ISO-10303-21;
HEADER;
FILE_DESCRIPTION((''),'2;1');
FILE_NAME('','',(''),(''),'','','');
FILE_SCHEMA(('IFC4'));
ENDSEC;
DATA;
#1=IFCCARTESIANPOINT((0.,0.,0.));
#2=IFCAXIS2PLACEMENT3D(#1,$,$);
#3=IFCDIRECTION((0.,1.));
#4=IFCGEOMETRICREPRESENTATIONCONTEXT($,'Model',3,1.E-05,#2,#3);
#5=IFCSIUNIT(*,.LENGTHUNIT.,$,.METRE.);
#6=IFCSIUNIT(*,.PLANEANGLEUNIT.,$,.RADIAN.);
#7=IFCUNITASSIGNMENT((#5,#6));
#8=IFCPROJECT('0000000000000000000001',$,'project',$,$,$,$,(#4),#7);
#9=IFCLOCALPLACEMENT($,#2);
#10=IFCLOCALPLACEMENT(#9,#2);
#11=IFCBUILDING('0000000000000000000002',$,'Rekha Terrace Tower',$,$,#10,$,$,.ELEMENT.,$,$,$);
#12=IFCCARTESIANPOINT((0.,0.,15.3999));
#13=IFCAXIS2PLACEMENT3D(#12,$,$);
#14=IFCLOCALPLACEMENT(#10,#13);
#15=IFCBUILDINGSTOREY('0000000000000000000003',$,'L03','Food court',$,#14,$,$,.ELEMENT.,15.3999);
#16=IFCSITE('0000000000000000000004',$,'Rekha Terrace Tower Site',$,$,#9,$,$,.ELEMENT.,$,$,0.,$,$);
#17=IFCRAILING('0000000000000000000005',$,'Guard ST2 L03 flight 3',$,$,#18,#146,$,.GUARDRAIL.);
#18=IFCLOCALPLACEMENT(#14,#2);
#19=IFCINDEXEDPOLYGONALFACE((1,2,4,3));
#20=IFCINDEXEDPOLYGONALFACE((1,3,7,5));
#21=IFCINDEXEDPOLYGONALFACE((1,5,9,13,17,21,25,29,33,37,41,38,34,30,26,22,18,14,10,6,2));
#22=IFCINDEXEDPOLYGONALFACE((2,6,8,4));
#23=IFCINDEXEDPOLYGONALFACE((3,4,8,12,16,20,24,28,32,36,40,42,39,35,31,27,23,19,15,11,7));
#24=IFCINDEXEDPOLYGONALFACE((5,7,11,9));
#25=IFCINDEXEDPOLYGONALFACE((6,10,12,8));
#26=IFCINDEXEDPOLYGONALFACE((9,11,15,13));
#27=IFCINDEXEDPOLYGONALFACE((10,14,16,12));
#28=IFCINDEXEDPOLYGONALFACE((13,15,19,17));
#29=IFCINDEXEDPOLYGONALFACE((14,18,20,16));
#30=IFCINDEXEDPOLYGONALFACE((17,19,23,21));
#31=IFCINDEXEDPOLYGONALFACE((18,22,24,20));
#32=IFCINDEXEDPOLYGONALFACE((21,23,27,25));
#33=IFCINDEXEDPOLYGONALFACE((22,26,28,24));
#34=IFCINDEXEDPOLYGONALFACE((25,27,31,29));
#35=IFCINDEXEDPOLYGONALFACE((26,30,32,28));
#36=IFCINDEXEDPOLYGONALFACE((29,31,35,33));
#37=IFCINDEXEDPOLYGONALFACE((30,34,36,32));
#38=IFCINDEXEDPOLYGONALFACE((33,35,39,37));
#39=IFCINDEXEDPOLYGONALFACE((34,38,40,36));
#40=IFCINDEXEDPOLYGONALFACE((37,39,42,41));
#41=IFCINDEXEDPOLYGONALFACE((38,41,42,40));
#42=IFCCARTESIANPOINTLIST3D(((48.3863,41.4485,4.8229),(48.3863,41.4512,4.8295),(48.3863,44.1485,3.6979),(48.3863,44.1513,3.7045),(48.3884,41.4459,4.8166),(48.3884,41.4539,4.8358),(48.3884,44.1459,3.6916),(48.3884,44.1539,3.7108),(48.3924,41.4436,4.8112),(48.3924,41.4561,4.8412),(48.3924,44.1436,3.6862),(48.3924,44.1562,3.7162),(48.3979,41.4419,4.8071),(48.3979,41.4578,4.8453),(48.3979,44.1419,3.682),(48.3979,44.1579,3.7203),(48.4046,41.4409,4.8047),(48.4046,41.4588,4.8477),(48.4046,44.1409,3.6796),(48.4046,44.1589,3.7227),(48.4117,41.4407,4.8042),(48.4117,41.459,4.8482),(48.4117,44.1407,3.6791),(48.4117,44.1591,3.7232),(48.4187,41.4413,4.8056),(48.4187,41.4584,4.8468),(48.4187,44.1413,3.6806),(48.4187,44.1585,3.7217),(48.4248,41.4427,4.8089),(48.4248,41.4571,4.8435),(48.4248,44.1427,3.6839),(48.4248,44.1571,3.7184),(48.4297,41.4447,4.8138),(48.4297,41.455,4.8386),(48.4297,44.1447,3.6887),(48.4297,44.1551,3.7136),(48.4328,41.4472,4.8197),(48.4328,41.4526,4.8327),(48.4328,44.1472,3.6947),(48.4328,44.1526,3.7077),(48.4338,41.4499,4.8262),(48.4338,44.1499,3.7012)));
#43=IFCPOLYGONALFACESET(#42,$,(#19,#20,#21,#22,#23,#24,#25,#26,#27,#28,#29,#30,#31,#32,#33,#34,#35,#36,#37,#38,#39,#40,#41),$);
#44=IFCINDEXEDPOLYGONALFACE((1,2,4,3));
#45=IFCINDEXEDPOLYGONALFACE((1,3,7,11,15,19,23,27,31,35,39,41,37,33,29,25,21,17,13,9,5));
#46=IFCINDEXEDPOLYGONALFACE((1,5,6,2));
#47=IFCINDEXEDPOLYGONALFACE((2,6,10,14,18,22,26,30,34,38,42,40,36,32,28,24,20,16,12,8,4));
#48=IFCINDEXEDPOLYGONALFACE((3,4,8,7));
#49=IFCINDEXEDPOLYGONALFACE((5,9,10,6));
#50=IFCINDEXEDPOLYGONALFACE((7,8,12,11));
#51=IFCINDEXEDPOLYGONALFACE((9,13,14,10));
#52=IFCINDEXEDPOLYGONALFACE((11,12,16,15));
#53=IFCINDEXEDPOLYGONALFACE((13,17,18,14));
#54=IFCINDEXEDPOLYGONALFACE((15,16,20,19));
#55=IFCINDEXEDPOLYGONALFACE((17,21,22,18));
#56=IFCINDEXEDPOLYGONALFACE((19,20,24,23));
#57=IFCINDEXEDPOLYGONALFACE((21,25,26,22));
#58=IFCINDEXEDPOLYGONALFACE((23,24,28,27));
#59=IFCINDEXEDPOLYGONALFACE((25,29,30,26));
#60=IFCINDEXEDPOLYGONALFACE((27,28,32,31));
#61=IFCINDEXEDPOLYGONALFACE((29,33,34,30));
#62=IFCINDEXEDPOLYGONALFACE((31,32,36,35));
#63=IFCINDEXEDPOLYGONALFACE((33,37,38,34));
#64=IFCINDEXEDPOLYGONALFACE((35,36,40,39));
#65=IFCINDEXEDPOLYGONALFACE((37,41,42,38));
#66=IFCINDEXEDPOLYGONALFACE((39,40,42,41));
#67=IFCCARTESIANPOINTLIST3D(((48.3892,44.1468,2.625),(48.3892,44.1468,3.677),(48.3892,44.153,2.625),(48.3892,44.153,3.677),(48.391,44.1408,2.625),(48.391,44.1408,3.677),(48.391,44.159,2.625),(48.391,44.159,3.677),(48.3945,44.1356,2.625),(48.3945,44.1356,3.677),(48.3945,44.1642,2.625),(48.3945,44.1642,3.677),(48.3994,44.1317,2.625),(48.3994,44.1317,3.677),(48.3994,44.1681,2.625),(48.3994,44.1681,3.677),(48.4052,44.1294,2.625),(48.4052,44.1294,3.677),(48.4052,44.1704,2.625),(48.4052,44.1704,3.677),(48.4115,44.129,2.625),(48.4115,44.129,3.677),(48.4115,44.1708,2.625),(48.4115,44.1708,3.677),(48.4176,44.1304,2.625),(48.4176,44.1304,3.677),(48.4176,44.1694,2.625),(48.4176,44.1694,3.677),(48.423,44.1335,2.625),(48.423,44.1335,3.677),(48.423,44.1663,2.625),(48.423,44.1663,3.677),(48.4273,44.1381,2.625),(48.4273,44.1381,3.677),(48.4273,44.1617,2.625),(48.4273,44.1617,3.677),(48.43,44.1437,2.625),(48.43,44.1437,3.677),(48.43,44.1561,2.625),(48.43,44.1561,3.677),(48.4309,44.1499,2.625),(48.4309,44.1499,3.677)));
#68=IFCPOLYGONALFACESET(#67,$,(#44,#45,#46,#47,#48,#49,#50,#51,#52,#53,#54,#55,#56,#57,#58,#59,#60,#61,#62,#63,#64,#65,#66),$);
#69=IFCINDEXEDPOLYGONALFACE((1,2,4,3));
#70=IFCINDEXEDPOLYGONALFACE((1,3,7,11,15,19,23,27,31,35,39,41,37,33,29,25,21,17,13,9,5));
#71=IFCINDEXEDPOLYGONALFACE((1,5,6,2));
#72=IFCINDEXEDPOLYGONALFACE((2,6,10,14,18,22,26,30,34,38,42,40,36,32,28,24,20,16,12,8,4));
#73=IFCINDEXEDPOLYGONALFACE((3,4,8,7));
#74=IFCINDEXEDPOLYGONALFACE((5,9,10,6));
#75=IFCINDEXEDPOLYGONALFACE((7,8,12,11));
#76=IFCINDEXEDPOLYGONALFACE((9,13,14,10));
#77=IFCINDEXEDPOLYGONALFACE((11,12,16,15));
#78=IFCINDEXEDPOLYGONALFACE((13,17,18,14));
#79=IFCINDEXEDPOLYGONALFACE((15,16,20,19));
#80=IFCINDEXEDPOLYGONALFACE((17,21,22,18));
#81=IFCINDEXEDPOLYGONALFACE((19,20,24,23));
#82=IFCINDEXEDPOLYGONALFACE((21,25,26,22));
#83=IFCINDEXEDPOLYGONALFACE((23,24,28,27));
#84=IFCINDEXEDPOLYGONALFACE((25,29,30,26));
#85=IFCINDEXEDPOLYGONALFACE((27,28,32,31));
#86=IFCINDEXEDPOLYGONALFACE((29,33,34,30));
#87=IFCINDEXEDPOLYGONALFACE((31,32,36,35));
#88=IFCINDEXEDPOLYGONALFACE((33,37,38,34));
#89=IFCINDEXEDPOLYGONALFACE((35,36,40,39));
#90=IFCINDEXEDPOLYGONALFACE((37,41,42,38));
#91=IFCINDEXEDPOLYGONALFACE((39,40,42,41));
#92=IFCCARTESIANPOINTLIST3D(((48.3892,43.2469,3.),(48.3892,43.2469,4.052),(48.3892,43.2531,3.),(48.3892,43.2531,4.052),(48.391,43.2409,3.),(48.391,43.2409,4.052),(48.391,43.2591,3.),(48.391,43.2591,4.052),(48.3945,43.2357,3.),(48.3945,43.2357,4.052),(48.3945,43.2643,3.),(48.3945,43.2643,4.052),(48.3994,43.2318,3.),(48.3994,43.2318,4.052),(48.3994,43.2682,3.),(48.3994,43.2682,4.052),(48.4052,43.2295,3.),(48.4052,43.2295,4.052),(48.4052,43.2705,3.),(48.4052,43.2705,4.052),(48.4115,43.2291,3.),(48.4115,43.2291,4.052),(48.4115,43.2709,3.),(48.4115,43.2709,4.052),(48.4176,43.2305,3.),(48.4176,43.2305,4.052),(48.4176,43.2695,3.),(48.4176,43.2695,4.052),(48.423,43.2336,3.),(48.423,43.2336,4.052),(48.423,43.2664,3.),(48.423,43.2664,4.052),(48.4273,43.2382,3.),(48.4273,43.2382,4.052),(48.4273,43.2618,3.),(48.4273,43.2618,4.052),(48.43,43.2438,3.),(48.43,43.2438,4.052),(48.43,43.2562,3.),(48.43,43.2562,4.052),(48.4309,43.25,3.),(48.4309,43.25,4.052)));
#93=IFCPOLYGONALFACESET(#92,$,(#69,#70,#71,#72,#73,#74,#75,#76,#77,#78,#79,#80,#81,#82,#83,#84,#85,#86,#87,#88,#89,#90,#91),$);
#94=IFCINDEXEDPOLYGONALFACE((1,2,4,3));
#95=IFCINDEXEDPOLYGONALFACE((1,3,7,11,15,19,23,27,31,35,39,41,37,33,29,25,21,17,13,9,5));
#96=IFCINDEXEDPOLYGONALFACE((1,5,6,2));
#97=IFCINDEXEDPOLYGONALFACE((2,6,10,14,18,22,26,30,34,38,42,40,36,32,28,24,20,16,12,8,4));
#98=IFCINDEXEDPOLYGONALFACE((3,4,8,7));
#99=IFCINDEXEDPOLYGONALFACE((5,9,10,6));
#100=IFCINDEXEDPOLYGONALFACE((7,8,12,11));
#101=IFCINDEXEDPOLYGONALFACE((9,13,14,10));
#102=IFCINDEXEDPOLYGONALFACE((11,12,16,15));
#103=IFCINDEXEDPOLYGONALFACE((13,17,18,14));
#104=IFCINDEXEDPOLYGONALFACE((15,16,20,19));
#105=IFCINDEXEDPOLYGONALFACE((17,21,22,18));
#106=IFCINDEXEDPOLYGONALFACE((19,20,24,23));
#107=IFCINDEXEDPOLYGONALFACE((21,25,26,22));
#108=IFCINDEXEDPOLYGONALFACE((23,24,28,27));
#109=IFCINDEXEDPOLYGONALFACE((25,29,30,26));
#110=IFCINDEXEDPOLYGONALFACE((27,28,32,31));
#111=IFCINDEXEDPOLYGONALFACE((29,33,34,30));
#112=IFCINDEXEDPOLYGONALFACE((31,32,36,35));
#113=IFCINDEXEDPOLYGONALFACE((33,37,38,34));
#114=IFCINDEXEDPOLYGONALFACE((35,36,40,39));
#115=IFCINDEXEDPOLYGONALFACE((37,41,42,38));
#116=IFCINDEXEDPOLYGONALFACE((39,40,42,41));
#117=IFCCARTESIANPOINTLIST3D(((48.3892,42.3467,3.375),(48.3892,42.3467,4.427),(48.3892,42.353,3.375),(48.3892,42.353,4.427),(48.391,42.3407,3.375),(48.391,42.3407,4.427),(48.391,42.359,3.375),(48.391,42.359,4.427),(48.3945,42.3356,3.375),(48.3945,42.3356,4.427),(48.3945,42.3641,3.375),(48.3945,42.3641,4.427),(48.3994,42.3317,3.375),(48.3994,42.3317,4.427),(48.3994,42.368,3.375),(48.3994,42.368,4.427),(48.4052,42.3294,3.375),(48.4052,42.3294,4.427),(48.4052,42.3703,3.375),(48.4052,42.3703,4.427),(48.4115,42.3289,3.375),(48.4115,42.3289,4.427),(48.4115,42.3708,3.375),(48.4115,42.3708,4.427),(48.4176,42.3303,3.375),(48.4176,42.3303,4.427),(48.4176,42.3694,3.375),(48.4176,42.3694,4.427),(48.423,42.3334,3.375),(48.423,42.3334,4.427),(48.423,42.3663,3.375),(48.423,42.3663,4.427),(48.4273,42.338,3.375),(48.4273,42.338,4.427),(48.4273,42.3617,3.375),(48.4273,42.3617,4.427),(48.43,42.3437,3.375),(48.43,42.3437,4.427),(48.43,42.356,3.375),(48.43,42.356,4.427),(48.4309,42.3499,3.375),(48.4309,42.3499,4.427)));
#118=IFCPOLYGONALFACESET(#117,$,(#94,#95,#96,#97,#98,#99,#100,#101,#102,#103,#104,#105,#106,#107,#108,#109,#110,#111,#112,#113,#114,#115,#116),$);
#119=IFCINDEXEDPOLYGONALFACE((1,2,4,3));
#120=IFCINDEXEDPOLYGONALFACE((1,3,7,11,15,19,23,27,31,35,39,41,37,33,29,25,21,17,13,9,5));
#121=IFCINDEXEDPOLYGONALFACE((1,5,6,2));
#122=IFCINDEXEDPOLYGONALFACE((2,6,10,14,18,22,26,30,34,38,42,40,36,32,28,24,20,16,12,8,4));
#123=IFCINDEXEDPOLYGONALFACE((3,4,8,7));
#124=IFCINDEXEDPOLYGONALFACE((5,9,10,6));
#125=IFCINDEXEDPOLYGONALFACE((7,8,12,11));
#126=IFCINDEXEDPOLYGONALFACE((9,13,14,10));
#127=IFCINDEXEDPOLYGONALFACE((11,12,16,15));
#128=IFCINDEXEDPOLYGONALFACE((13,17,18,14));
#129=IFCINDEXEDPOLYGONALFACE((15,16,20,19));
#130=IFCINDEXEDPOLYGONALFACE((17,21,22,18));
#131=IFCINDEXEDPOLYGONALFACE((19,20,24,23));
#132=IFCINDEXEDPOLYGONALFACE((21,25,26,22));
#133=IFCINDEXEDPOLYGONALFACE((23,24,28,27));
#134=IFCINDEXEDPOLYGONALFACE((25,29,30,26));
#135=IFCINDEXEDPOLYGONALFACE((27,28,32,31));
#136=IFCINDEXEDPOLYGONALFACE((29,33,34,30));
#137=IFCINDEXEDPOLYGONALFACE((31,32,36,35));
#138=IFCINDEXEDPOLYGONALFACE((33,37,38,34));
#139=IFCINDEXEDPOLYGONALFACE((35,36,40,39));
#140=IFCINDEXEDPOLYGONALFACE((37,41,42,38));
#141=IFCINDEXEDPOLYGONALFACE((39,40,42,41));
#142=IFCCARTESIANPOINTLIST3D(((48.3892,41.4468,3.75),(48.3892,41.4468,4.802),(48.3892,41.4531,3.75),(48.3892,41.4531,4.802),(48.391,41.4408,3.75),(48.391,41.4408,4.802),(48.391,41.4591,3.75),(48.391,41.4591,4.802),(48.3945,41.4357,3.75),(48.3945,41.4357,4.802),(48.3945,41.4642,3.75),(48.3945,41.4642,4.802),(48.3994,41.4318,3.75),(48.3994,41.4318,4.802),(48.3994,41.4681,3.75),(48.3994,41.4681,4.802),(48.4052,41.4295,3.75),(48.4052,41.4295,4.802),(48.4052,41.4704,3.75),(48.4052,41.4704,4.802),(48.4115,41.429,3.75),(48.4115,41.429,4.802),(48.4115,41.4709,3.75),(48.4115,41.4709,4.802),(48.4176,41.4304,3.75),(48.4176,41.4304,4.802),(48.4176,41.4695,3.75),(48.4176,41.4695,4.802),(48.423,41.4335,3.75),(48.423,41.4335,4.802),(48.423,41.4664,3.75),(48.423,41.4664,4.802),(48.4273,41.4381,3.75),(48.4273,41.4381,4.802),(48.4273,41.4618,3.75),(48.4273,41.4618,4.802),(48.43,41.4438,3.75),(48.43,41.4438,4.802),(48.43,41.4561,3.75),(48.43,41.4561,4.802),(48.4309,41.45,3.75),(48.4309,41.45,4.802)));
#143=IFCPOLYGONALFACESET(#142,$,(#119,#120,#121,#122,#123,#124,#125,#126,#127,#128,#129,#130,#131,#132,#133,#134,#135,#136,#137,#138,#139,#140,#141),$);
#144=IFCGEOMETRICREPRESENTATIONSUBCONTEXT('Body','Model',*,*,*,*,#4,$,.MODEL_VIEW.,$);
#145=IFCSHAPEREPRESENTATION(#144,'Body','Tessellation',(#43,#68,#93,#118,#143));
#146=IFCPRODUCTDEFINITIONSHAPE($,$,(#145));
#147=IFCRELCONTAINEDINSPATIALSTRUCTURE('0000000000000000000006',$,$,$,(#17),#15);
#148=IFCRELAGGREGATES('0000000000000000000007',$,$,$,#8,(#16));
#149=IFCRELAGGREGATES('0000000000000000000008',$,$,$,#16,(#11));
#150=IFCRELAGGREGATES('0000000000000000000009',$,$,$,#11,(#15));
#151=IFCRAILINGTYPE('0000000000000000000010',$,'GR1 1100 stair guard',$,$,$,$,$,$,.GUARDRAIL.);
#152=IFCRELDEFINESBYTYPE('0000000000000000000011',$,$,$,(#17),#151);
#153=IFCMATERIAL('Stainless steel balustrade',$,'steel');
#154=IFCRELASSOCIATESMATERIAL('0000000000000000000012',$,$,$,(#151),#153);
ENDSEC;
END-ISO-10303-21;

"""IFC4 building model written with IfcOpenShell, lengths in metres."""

from ifc_helpers import new_model, si_unit, direction, frame, origin, origin_2d, place, context, subcontext, project, spatial, circle, extrude, material, type_object, element, save


model = new_model("IFC4")

# Units and contexts
model_context = context("Model", 3, precision=1e-05, world=origin(), true_north=direction((0.0, 1.0)))
body_context = subcontext(model_context, "Body", "Model", "MODEL_VIEW")
ifc_project = project(units=[si_unit("LENGTHUNIT", "METRE"), si_unit("PLANEANGLEUNIT", "RADIAN")], contexts=[model_context])

# Site, building, storey
site_placement = place(None, origin())
site = spatial("IfcSite", under=ifc_project, at=site_placement, Name="Rekha Terrace Tower Site", CompositionType="ELEMENT", RefElevation=0.0)
building_placement = place(site_placement, origin())
building = spatial("IfcBuilding", under=site, at=building_placement, Name="Rekha Terrace Tower", CompositionType="ELEMENT")
storey_placement = place(building_placement, frame((0.0, 0.0, 15.3999)))
storey = spatial("IfcBuildingStorey", under=building, at=storey_placement, Name="L03", Description="Food court", CompositionType="ELEMENT", Elevation=15.3999)

# Railing
ifc_material_1 = material(Name="Stainless steel balustrade", Category="steel")
railing_type_1 = type_object("IfcRailingType", Name="GR1 1100 stair guard", PredefinedType="GUARDRAIL", material=ifc_material_1)
railing_1_placement = place(storey_placement, frame((48.4099, 44.1499, 2.625)))
element("IfcRailing", 1, at=railing_1_placement, inside=storey, type_object=railing_type_1, Name="Guard ST2 L03 flight 3", PredefinedType="GUARDRAIL", context=body_context, shape_type="SweptSolid", body=[
    extrude(circle(Radius=0.0239, at=origin_2d()), frame((0.0, 0.0, 1.0762), z_axis=(0.0, -0.923074, 0.384621), x_axis=(1.0, 0.0, 0.0)), (0.0, 0.0, 1.0), 2.925),
    extrude(circle(Radius=0.021, at=origin_2d()), origin(), (0.0, 0.0, 1.0), 1.052),
    extrude(circle(Radius=0.021, at=origin_2d()), frame((0.0, -0.8999, 0.375)), (0.0, 0.0, 1.0), 1.052),
    extrude(circle(Radius=0.021, at=origin_2d()), frame((0.0, -1.8, 0.75)), (0.0, 0.0, 1.0), 1.052),
    extrude(circle(Radius=0.021, at=origin_2d()), frame((0.0, -2.7, 1.125)), (0.0, 0.0, 1.0), 1.052),
])

save(model, "model.ifc")
